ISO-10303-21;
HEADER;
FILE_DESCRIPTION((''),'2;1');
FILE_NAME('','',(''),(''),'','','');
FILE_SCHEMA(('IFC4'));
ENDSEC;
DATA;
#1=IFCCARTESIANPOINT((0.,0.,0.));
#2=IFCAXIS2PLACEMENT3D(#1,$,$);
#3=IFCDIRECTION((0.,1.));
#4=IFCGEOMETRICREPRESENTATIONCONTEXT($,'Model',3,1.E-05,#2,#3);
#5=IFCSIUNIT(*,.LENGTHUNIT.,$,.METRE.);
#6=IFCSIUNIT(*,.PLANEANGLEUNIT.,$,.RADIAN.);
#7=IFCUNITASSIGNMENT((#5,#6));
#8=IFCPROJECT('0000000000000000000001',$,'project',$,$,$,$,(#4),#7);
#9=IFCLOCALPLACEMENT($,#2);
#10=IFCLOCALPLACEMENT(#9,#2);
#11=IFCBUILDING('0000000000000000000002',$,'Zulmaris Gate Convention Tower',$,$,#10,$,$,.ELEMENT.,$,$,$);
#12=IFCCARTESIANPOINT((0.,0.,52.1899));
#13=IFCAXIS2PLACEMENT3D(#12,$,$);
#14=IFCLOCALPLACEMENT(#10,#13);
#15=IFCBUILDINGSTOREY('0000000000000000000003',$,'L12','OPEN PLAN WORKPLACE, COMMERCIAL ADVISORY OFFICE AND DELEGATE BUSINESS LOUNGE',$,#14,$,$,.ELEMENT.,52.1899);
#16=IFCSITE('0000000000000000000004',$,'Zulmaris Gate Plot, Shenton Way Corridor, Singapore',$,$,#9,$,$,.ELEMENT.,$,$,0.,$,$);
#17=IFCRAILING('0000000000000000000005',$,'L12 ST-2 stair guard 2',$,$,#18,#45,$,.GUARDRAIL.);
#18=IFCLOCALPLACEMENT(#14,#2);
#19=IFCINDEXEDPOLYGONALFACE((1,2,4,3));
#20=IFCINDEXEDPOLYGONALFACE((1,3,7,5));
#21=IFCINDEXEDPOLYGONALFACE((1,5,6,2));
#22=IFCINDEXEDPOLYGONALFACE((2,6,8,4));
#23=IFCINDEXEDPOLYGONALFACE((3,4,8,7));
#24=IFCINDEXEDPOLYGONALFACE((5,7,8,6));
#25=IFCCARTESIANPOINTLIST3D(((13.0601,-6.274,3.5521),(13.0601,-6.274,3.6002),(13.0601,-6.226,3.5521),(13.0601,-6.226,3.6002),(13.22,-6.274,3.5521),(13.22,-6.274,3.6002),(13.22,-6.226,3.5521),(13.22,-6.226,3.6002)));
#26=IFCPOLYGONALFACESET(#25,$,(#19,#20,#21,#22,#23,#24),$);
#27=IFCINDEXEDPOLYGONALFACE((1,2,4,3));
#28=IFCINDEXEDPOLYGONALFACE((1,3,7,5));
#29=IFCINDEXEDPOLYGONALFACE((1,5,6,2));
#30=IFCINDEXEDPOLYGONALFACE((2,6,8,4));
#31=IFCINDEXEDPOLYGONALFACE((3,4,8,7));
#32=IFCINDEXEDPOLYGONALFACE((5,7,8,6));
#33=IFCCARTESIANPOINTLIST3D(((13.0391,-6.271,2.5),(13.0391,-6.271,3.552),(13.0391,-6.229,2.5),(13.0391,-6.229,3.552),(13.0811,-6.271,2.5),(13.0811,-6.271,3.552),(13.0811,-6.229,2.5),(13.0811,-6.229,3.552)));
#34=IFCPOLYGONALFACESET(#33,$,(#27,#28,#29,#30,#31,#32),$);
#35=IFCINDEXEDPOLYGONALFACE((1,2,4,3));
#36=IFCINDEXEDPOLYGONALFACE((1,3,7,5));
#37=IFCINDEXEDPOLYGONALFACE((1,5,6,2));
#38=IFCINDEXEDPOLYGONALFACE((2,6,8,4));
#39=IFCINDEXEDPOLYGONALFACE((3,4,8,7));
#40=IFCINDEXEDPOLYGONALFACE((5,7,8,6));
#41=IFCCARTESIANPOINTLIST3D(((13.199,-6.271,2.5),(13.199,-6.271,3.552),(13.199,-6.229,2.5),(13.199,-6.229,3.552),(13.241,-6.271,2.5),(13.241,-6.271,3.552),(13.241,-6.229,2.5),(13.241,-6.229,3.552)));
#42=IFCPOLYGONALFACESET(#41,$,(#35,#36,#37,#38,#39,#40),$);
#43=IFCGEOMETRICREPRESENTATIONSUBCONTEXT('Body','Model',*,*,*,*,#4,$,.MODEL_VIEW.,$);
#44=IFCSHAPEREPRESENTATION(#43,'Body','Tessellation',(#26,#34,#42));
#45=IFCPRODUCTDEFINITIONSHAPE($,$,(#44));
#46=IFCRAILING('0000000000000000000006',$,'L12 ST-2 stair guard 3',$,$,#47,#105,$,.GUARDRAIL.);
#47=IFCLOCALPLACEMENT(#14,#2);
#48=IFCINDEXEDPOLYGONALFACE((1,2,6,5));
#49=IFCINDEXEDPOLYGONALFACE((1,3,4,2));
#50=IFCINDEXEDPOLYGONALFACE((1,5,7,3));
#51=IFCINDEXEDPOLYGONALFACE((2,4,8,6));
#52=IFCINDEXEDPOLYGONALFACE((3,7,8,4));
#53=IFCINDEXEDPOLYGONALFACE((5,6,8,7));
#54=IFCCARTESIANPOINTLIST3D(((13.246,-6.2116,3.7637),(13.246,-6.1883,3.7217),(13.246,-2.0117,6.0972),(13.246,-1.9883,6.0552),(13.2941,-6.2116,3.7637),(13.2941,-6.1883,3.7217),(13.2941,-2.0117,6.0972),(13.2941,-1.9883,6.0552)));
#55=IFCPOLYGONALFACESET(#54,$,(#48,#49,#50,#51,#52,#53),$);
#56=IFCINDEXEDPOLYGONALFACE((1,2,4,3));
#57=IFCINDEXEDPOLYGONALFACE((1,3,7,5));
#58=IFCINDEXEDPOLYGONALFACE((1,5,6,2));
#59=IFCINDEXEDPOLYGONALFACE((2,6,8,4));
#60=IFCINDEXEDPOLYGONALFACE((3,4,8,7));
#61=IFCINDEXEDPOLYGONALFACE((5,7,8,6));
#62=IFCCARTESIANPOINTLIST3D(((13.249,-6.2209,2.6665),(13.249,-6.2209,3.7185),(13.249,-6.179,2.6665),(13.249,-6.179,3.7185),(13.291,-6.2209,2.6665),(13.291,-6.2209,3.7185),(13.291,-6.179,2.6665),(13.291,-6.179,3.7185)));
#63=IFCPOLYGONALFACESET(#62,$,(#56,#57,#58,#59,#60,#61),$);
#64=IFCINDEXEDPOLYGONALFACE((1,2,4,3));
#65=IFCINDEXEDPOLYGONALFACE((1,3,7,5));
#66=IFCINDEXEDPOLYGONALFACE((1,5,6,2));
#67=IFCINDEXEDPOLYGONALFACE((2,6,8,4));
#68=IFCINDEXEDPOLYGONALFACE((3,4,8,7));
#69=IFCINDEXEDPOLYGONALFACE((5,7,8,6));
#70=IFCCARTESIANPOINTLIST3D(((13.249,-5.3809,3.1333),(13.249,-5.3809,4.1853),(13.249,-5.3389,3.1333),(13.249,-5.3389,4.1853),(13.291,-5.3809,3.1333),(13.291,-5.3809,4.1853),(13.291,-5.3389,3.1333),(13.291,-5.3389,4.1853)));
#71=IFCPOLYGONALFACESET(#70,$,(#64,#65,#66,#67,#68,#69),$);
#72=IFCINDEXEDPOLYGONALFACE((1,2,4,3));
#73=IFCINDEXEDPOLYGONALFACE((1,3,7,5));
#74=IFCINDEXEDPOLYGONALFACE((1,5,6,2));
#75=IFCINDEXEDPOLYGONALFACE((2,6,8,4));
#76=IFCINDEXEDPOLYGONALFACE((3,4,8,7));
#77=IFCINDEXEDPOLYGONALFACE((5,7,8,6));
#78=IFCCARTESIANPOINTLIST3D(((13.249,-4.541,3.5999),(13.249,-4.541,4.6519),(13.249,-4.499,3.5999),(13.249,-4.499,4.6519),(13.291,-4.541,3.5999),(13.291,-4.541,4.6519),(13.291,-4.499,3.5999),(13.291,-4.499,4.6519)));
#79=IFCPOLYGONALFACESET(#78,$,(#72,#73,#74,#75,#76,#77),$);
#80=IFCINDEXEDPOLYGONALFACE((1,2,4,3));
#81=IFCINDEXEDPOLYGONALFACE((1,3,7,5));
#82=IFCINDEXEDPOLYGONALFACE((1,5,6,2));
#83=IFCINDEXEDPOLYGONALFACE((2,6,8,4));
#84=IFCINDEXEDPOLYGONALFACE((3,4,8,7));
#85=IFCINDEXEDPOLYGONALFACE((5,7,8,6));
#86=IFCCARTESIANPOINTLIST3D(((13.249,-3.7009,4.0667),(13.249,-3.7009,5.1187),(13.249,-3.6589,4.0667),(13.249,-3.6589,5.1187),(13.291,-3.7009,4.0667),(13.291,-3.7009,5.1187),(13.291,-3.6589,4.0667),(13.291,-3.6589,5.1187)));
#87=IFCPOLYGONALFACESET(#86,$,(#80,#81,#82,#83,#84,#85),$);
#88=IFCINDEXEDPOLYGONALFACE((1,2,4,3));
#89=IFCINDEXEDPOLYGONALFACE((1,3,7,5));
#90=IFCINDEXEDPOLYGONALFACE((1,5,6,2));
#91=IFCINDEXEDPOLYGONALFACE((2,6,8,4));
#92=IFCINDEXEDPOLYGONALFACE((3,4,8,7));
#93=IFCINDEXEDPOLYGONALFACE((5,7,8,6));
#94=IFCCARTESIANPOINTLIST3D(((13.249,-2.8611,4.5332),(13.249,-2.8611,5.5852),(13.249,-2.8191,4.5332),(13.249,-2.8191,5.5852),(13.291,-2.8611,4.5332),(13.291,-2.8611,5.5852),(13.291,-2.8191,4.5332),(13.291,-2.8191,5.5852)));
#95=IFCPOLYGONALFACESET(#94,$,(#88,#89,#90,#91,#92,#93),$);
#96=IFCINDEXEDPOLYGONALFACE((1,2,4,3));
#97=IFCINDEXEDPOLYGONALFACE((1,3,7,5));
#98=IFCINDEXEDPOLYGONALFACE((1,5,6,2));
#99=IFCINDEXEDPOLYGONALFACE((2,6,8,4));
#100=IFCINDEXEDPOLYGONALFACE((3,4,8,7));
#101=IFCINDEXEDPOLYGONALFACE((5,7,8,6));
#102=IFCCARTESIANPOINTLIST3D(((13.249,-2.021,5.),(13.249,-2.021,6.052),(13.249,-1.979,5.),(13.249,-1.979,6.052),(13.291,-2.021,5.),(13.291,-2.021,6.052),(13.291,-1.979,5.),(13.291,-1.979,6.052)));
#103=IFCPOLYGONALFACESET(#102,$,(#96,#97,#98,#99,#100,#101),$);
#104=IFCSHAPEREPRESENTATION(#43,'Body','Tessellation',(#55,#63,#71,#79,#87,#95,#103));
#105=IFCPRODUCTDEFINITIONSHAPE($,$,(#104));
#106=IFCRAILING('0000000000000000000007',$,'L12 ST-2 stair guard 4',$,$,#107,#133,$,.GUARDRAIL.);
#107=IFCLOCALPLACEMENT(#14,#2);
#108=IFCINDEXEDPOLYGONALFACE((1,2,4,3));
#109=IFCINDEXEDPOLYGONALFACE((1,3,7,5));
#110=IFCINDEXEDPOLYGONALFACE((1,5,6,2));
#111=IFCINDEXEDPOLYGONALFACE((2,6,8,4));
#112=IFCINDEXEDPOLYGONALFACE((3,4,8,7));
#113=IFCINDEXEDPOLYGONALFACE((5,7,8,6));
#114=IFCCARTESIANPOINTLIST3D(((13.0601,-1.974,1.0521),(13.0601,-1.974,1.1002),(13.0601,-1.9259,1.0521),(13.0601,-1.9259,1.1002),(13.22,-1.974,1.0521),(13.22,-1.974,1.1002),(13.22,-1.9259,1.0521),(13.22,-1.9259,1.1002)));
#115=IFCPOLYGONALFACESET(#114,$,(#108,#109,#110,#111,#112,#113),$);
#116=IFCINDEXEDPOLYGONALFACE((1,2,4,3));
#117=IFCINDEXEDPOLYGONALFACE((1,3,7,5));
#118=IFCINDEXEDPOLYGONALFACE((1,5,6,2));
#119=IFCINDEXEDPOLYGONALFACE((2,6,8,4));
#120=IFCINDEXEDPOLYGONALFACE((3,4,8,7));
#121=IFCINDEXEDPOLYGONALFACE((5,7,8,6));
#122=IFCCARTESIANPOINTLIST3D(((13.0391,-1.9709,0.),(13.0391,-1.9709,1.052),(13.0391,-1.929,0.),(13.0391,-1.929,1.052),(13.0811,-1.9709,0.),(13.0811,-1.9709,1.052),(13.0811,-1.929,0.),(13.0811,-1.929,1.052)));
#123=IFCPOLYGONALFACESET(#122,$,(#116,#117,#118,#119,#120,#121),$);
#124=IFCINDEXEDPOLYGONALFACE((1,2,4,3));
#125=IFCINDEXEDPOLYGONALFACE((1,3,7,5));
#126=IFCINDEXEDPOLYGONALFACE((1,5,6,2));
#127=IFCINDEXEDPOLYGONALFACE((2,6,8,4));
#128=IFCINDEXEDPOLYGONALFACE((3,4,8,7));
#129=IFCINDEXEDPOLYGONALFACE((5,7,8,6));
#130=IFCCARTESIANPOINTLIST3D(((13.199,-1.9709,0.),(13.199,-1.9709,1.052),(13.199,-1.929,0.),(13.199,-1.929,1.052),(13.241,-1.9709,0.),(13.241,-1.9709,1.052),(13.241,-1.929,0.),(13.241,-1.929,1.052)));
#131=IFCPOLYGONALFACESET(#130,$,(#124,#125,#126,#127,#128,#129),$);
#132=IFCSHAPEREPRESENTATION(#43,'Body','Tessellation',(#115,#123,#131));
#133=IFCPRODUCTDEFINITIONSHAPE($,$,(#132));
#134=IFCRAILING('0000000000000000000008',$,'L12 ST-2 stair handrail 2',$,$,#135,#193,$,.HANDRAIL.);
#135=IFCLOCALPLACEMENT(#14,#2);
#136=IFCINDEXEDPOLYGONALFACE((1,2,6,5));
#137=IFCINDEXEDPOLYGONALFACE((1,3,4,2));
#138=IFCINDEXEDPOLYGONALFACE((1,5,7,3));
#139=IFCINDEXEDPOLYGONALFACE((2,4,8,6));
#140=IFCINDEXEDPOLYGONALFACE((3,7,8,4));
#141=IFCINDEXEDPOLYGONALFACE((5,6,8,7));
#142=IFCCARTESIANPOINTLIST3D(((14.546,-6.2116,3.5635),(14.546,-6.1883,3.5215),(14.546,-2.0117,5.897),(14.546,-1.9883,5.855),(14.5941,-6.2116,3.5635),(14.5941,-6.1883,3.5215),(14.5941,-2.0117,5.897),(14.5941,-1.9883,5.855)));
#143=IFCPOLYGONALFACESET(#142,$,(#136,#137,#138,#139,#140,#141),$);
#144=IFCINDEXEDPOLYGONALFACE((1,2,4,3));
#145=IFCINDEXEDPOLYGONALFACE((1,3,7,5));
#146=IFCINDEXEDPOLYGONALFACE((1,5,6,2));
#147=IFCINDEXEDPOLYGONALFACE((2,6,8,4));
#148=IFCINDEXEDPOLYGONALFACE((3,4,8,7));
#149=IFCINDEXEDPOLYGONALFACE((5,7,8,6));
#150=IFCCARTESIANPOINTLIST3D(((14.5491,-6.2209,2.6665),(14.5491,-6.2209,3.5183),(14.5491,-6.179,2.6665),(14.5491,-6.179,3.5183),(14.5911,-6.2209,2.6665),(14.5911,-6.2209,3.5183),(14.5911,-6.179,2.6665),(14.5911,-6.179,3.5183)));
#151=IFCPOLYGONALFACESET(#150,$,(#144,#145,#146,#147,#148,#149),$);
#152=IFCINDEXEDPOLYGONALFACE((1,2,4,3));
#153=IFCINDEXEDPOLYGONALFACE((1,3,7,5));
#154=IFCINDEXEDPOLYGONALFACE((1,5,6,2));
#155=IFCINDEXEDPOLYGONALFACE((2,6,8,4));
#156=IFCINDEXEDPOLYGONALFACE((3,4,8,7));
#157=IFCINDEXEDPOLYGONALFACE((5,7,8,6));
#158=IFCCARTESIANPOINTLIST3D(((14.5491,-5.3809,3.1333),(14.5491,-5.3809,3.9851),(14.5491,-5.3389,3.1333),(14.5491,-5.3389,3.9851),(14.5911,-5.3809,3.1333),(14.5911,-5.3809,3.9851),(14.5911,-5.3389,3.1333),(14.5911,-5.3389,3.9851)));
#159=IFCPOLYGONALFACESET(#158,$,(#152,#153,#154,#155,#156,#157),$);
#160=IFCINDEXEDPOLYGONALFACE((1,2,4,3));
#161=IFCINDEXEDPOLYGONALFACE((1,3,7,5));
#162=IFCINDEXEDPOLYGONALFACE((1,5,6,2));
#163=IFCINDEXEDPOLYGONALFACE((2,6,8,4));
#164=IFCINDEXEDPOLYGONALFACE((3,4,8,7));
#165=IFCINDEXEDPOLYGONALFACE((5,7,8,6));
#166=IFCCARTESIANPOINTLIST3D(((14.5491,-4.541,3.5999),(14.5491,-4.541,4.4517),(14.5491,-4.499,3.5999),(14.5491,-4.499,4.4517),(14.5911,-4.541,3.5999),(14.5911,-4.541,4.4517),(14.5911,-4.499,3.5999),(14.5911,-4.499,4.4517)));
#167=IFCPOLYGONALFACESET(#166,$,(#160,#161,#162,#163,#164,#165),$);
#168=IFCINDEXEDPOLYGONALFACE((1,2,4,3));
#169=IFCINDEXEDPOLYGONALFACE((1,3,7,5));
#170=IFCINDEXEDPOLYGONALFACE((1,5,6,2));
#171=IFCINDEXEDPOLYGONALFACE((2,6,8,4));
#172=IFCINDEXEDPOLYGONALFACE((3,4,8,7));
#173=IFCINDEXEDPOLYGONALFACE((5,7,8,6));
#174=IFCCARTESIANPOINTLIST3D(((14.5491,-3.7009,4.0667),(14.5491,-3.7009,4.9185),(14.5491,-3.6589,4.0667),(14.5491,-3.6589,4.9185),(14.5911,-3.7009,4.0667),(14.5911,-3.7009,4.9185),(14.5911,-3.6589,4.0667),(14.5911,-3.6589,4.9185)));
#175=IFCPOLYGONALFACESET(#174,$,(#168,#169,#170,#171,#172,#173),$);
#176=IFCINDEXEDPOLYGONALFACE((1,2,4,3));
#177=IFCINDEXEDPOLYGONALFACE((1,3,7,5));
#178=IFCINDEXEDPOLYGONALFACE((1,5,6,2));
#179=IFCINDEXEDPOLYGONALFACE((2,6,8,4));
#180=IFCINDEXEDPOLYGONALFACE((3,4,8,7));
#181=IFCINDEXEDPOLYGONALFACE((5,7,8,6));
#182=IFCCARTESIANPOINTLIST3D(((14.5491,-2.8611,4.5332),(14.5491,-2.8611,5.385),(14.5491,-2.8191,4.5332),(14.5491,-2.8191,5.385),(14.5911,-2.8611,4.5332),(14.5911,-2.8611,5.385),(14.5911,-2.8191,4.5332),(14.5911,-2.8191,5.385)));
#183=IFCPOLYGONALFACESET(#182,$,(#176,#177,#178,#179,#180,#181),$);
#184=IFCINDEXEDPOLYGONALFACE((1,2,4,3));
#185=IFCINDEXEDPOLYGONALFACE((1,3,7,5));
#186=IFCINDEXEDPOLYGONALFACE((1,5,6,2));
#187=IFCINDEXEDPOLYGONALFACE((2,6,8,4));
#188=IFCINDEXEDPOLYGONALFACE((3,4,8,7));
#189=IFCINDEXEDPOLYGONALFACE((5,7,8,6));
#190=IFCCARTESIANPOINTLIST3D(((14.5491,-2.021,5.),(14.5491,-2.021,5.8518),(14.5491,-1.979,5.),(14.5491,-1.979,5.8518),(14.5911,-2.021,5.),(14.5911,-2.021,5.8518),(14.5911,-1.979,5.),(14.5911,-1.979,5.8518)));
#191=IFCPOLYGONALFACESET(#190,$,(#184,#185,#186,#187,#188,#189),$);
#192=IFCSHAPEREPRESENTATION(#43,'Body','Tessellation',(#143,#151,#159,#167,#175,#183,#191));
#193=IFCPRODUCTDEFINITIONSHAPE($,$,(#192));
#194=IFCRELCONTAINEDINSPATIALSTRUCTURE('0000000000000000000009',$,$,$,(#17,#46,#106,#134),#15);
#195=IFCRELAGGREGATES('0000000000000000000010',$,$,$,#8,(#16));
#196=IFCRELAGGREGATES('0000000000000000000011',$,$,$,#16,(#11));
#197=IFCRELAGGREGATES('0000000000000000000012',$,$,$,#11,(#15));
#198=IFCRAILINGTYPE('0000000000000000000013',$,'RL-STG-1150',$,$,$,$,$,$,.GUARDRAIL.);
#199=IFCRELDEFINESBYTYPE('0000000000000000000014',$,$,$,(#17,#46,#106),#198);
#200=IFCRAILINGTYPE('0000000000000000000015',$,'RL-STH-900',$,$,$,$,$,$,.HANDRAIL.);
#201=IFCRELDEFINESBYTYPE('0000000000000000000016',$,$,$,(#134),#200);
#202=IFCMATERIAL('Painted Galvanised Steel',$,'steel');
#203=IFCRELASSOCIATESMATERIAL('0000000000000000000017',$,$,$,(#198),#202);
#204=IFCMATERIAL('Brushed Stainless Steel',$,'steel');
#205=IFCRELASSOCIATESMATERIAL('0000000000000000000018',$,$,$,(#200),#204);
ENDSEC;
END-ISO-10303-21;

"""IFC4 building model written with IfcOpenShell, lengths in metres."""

from ifc_helpers import new_model, si_unit, direction, frame, origin, origin_2d, place, context, subcontext, project, spatial, rectangle, extrude, material, type_object, element, save


model = new_model("IFC4")

# Units and contexts
model_context = context("Model", 3, precision=1e-05, world=origin(), true_north=direction((0.0, 1.0)))
body_context = subcontext(model_context, "Body", "Model", "MODEL_VIEW")
ifc_project = project(units=[si_unit("LENGTHUNIT", "METRE"), si_unit("PLANEANGLEUNIT", "RADIAN")], contexts=[model_context])

# Site, building, storey
site_placement = place(None, origin())
site = spatial("IfcSite", under=ifc_project, at=site_placement, Name="Zulmaris Gate Plot, Shenton Way Corridor, Singapore", CompositionType="ELEMENT", RefElevation=0.0)
building_placement = place(site_placement, origin())
building = spatial("IfcBuilding", under=site, at=building_placement, Name="Zulmaris Gate Convention Tower", CompositionType="ELEMENT")
storey_placement = place(building_placement, frame((0.0, 0.0, 52.1899)))
storey = spatial("IfcBuildingStorey", under=building, at=storey_placement, Name="L12", Description="OPEN PLAN WORKPLACE, COMMERCIAL ADVISORY OFFICE AND DELEGATE BUSINESS LOUNGE", CompositionType="ELEMENT", Elevation=52.1899)

# Railings
ifc_material_1 = material(Name="Painted Galvanised Steel", Category="steel")
railing_type_1 = type_object("IfcRailingType", Name="RL-STG-1150", PredefinedType="GUARDRAIL", material=ifc_material_1)
railing_1_placement = place(storey_placement, frame((13.0601, -6.25, 2.5)))
element("IfcRailing", 1, at=railing_1_placement, inside=storey, type_object=railing_type_1, Name="L12 ST-2 stair guard 2", PredefinedType="GUARDRAIL", context=body_context, shape_type="SweptSolid", body=[
    extrude(rectangle(XDim=0.0481, YDim=0.0481, at=origin_2d()), frame((0.0, 0.0, 1.0762), z_axis=(1.0, 0.0, 0.0), x_axis=(0.0, 1.0, 0.0)), (0.0, 0.0, 1.0), 0.1599),
    extrude(rectangle(XDim=0.042, YDim=0.042, at=origin_2d()), origin(), (0.0, 0.0, 1.0), 1.052),
    extrude(rectangle(XDim=0.042, YDim=0.042, at=origin_2d()), frame((0.1599, 0.0, 0.0)), (0.0, 0.0, 1.0), 1.052),
])
railing_2_placement = place(storey_placement, frame((13.27, -6.2, 2.6665)))
element("IfcRailing", 2, at=railing_2_placement, inside=storey, type_object=railing_type_1, Name="L12 ST-2 stair guard 3", PredefinedType="GUARDRAIL", context=body_context, shape_type="SweptSolid", body=[
    extrude(rectangle(XDim=0.0481, YDim=0.0481, at=origin_2d()), frame((0.0, 0.0, 1.0762), z_axis=(0.0, 0.87414, 0.485673), x_axis=(-1.0, 0.0, 0.0)), (0.0, 0.0, 1.0), 4.8047),
    extrude(rectangle(XDim=0.042, YDim=0.042, at=origin_2d()), origin(), (0.0, 0.0, 1.0), 1.052),
    extrude(rectangle(XDim=0.042, YDim=0.042, at=origin_2d()), frame((0.0, 0.8401, 0.4668)), (0.0, 0.0, 1.0), 1.052),
    extrude(rectangle(XDim=0.042, YDim=0.042, at=origin_2d()), frame((0.0, 1.6799, 0.9333)), (0.0, 0.0, 1.0), 1.052),
    extrude(rectangle(XDim=0.042, YDim=0.042, at=origin_2d()), frame((0.0, 2.52, 1.4001)), (0.0, 0.0, 1.0), 1.052),
    extrude(rectangle(XDim=0.042, YDim=0.042, at=origin_2d()), frame((0.0, 3.3599, 1.8667)), (0.0, 0.0, 1.0), 1.052),
    extrude(rectangle(XDim=0.042, YDim=0.042, at=origin_2d()), frame((0.0, 4.2, 2.3335)), (0.0, 0.0, 1.0), 1.052),
])
railing_3_placement = place(storey_placement, frame((13.0601, -1.95, 0.0)))
element("IfcRailing", 3, at=railing_3_placement, inside=storey, type_object=railing_type_1, Name="L12 ST-2 stair guard 4", PredefinedType="GUARDRAIL", context=body_context, shape_type="SweptSolid", body=[
    extrude(rectangle(XDim=0.0481, YDim=0.0481, at=origin_2d()), frame((0.0, 0.0, 1.0762), z_axis=(1.0, 0.0, 0.0), x_axis=(0.0, 1.0, 0.0)), (0.0, 0.0, 1.0), 0.1599),
    extrude(rectangle(XDim=0.042, YDim=0.042, at=origin_2d()), origin(), (0.0, 0.0, 1.0), 1.052),
    extrude(rectangle(XDim=0.042, YDim=0.042, at=origin_2d()), frame((0.1599, 0.0, 0.0)), (0.0, 0.0, 1.0), 1.052),
])
ifc_material_2 = material(Name="Brushed Stainless Steel", Category="steel")
railing_type_2 = type_object("IfcRailingType", Name="RL-STH-900", PredefinedType="HANDRAIL", material=ifc_material_2)
railing_4_placement = place(storey_placement, frame((14.5701, -6.2, 2.6665)))
element("IfcRailing", 4, at=railing_4_placement, inside=storey, type_object=railing_type_2, Name="L12 ST-2 stair handrail 2", PredefinedType="HANDRAIL", context=body_context, shape_type="SweptSolid", body=[
    extrude(rectangle(XDim=0.0481, YDim=0.0481, at=origin_2d()), frame((0.0, 0.0, 0.876), z_axis=(0.0, 0.87414, 0.485673), x_axis=(-1.0, 0.0, 0.0)), (0.0, 0.0, 1.0), 4.8047),
    extrude(rectangle(XDim=0.042, YDim=0.042, at=origin_2d()), origin(), (0.0, 0.0, 1.0), 0.8518),
    extrude(rectangle(XDim=0.042, YDim=0.042, at=origin_2d()), frame((0.0, 0.8401, 0.4668)), (0.0, 0.0, 1.0), 0.8518),
    extrude(rectangle(XDim=0.042, YDim=0.042, at=origin_2d()), frame((0.0, 1.6799, 0.9333)), (0.0, 0.0, 1.0), 0.8518),
    extrude(rectangle(XDim=0.042, YDim=0.042, at=origin_2d()), frame((0.0, 2.52, 1.4001)), (0.0, 0.0, 1.0), 0.8518),
    extrude(rectangle(XDim=0.042, YDim=0.042, at=origin_2d()), frame((0.0, 3.3599, 1.8667)), (0.0, 0.0, 1.0), 0.8518),
    extrude(rectangle(XDim=0.042, YDim=0.042, at=origin_2d()), frame((0.0, 4.2, 2.3335)), (0.0, 0.0, 1.0), 0.8518),
])

save(model, "model.ifc")
